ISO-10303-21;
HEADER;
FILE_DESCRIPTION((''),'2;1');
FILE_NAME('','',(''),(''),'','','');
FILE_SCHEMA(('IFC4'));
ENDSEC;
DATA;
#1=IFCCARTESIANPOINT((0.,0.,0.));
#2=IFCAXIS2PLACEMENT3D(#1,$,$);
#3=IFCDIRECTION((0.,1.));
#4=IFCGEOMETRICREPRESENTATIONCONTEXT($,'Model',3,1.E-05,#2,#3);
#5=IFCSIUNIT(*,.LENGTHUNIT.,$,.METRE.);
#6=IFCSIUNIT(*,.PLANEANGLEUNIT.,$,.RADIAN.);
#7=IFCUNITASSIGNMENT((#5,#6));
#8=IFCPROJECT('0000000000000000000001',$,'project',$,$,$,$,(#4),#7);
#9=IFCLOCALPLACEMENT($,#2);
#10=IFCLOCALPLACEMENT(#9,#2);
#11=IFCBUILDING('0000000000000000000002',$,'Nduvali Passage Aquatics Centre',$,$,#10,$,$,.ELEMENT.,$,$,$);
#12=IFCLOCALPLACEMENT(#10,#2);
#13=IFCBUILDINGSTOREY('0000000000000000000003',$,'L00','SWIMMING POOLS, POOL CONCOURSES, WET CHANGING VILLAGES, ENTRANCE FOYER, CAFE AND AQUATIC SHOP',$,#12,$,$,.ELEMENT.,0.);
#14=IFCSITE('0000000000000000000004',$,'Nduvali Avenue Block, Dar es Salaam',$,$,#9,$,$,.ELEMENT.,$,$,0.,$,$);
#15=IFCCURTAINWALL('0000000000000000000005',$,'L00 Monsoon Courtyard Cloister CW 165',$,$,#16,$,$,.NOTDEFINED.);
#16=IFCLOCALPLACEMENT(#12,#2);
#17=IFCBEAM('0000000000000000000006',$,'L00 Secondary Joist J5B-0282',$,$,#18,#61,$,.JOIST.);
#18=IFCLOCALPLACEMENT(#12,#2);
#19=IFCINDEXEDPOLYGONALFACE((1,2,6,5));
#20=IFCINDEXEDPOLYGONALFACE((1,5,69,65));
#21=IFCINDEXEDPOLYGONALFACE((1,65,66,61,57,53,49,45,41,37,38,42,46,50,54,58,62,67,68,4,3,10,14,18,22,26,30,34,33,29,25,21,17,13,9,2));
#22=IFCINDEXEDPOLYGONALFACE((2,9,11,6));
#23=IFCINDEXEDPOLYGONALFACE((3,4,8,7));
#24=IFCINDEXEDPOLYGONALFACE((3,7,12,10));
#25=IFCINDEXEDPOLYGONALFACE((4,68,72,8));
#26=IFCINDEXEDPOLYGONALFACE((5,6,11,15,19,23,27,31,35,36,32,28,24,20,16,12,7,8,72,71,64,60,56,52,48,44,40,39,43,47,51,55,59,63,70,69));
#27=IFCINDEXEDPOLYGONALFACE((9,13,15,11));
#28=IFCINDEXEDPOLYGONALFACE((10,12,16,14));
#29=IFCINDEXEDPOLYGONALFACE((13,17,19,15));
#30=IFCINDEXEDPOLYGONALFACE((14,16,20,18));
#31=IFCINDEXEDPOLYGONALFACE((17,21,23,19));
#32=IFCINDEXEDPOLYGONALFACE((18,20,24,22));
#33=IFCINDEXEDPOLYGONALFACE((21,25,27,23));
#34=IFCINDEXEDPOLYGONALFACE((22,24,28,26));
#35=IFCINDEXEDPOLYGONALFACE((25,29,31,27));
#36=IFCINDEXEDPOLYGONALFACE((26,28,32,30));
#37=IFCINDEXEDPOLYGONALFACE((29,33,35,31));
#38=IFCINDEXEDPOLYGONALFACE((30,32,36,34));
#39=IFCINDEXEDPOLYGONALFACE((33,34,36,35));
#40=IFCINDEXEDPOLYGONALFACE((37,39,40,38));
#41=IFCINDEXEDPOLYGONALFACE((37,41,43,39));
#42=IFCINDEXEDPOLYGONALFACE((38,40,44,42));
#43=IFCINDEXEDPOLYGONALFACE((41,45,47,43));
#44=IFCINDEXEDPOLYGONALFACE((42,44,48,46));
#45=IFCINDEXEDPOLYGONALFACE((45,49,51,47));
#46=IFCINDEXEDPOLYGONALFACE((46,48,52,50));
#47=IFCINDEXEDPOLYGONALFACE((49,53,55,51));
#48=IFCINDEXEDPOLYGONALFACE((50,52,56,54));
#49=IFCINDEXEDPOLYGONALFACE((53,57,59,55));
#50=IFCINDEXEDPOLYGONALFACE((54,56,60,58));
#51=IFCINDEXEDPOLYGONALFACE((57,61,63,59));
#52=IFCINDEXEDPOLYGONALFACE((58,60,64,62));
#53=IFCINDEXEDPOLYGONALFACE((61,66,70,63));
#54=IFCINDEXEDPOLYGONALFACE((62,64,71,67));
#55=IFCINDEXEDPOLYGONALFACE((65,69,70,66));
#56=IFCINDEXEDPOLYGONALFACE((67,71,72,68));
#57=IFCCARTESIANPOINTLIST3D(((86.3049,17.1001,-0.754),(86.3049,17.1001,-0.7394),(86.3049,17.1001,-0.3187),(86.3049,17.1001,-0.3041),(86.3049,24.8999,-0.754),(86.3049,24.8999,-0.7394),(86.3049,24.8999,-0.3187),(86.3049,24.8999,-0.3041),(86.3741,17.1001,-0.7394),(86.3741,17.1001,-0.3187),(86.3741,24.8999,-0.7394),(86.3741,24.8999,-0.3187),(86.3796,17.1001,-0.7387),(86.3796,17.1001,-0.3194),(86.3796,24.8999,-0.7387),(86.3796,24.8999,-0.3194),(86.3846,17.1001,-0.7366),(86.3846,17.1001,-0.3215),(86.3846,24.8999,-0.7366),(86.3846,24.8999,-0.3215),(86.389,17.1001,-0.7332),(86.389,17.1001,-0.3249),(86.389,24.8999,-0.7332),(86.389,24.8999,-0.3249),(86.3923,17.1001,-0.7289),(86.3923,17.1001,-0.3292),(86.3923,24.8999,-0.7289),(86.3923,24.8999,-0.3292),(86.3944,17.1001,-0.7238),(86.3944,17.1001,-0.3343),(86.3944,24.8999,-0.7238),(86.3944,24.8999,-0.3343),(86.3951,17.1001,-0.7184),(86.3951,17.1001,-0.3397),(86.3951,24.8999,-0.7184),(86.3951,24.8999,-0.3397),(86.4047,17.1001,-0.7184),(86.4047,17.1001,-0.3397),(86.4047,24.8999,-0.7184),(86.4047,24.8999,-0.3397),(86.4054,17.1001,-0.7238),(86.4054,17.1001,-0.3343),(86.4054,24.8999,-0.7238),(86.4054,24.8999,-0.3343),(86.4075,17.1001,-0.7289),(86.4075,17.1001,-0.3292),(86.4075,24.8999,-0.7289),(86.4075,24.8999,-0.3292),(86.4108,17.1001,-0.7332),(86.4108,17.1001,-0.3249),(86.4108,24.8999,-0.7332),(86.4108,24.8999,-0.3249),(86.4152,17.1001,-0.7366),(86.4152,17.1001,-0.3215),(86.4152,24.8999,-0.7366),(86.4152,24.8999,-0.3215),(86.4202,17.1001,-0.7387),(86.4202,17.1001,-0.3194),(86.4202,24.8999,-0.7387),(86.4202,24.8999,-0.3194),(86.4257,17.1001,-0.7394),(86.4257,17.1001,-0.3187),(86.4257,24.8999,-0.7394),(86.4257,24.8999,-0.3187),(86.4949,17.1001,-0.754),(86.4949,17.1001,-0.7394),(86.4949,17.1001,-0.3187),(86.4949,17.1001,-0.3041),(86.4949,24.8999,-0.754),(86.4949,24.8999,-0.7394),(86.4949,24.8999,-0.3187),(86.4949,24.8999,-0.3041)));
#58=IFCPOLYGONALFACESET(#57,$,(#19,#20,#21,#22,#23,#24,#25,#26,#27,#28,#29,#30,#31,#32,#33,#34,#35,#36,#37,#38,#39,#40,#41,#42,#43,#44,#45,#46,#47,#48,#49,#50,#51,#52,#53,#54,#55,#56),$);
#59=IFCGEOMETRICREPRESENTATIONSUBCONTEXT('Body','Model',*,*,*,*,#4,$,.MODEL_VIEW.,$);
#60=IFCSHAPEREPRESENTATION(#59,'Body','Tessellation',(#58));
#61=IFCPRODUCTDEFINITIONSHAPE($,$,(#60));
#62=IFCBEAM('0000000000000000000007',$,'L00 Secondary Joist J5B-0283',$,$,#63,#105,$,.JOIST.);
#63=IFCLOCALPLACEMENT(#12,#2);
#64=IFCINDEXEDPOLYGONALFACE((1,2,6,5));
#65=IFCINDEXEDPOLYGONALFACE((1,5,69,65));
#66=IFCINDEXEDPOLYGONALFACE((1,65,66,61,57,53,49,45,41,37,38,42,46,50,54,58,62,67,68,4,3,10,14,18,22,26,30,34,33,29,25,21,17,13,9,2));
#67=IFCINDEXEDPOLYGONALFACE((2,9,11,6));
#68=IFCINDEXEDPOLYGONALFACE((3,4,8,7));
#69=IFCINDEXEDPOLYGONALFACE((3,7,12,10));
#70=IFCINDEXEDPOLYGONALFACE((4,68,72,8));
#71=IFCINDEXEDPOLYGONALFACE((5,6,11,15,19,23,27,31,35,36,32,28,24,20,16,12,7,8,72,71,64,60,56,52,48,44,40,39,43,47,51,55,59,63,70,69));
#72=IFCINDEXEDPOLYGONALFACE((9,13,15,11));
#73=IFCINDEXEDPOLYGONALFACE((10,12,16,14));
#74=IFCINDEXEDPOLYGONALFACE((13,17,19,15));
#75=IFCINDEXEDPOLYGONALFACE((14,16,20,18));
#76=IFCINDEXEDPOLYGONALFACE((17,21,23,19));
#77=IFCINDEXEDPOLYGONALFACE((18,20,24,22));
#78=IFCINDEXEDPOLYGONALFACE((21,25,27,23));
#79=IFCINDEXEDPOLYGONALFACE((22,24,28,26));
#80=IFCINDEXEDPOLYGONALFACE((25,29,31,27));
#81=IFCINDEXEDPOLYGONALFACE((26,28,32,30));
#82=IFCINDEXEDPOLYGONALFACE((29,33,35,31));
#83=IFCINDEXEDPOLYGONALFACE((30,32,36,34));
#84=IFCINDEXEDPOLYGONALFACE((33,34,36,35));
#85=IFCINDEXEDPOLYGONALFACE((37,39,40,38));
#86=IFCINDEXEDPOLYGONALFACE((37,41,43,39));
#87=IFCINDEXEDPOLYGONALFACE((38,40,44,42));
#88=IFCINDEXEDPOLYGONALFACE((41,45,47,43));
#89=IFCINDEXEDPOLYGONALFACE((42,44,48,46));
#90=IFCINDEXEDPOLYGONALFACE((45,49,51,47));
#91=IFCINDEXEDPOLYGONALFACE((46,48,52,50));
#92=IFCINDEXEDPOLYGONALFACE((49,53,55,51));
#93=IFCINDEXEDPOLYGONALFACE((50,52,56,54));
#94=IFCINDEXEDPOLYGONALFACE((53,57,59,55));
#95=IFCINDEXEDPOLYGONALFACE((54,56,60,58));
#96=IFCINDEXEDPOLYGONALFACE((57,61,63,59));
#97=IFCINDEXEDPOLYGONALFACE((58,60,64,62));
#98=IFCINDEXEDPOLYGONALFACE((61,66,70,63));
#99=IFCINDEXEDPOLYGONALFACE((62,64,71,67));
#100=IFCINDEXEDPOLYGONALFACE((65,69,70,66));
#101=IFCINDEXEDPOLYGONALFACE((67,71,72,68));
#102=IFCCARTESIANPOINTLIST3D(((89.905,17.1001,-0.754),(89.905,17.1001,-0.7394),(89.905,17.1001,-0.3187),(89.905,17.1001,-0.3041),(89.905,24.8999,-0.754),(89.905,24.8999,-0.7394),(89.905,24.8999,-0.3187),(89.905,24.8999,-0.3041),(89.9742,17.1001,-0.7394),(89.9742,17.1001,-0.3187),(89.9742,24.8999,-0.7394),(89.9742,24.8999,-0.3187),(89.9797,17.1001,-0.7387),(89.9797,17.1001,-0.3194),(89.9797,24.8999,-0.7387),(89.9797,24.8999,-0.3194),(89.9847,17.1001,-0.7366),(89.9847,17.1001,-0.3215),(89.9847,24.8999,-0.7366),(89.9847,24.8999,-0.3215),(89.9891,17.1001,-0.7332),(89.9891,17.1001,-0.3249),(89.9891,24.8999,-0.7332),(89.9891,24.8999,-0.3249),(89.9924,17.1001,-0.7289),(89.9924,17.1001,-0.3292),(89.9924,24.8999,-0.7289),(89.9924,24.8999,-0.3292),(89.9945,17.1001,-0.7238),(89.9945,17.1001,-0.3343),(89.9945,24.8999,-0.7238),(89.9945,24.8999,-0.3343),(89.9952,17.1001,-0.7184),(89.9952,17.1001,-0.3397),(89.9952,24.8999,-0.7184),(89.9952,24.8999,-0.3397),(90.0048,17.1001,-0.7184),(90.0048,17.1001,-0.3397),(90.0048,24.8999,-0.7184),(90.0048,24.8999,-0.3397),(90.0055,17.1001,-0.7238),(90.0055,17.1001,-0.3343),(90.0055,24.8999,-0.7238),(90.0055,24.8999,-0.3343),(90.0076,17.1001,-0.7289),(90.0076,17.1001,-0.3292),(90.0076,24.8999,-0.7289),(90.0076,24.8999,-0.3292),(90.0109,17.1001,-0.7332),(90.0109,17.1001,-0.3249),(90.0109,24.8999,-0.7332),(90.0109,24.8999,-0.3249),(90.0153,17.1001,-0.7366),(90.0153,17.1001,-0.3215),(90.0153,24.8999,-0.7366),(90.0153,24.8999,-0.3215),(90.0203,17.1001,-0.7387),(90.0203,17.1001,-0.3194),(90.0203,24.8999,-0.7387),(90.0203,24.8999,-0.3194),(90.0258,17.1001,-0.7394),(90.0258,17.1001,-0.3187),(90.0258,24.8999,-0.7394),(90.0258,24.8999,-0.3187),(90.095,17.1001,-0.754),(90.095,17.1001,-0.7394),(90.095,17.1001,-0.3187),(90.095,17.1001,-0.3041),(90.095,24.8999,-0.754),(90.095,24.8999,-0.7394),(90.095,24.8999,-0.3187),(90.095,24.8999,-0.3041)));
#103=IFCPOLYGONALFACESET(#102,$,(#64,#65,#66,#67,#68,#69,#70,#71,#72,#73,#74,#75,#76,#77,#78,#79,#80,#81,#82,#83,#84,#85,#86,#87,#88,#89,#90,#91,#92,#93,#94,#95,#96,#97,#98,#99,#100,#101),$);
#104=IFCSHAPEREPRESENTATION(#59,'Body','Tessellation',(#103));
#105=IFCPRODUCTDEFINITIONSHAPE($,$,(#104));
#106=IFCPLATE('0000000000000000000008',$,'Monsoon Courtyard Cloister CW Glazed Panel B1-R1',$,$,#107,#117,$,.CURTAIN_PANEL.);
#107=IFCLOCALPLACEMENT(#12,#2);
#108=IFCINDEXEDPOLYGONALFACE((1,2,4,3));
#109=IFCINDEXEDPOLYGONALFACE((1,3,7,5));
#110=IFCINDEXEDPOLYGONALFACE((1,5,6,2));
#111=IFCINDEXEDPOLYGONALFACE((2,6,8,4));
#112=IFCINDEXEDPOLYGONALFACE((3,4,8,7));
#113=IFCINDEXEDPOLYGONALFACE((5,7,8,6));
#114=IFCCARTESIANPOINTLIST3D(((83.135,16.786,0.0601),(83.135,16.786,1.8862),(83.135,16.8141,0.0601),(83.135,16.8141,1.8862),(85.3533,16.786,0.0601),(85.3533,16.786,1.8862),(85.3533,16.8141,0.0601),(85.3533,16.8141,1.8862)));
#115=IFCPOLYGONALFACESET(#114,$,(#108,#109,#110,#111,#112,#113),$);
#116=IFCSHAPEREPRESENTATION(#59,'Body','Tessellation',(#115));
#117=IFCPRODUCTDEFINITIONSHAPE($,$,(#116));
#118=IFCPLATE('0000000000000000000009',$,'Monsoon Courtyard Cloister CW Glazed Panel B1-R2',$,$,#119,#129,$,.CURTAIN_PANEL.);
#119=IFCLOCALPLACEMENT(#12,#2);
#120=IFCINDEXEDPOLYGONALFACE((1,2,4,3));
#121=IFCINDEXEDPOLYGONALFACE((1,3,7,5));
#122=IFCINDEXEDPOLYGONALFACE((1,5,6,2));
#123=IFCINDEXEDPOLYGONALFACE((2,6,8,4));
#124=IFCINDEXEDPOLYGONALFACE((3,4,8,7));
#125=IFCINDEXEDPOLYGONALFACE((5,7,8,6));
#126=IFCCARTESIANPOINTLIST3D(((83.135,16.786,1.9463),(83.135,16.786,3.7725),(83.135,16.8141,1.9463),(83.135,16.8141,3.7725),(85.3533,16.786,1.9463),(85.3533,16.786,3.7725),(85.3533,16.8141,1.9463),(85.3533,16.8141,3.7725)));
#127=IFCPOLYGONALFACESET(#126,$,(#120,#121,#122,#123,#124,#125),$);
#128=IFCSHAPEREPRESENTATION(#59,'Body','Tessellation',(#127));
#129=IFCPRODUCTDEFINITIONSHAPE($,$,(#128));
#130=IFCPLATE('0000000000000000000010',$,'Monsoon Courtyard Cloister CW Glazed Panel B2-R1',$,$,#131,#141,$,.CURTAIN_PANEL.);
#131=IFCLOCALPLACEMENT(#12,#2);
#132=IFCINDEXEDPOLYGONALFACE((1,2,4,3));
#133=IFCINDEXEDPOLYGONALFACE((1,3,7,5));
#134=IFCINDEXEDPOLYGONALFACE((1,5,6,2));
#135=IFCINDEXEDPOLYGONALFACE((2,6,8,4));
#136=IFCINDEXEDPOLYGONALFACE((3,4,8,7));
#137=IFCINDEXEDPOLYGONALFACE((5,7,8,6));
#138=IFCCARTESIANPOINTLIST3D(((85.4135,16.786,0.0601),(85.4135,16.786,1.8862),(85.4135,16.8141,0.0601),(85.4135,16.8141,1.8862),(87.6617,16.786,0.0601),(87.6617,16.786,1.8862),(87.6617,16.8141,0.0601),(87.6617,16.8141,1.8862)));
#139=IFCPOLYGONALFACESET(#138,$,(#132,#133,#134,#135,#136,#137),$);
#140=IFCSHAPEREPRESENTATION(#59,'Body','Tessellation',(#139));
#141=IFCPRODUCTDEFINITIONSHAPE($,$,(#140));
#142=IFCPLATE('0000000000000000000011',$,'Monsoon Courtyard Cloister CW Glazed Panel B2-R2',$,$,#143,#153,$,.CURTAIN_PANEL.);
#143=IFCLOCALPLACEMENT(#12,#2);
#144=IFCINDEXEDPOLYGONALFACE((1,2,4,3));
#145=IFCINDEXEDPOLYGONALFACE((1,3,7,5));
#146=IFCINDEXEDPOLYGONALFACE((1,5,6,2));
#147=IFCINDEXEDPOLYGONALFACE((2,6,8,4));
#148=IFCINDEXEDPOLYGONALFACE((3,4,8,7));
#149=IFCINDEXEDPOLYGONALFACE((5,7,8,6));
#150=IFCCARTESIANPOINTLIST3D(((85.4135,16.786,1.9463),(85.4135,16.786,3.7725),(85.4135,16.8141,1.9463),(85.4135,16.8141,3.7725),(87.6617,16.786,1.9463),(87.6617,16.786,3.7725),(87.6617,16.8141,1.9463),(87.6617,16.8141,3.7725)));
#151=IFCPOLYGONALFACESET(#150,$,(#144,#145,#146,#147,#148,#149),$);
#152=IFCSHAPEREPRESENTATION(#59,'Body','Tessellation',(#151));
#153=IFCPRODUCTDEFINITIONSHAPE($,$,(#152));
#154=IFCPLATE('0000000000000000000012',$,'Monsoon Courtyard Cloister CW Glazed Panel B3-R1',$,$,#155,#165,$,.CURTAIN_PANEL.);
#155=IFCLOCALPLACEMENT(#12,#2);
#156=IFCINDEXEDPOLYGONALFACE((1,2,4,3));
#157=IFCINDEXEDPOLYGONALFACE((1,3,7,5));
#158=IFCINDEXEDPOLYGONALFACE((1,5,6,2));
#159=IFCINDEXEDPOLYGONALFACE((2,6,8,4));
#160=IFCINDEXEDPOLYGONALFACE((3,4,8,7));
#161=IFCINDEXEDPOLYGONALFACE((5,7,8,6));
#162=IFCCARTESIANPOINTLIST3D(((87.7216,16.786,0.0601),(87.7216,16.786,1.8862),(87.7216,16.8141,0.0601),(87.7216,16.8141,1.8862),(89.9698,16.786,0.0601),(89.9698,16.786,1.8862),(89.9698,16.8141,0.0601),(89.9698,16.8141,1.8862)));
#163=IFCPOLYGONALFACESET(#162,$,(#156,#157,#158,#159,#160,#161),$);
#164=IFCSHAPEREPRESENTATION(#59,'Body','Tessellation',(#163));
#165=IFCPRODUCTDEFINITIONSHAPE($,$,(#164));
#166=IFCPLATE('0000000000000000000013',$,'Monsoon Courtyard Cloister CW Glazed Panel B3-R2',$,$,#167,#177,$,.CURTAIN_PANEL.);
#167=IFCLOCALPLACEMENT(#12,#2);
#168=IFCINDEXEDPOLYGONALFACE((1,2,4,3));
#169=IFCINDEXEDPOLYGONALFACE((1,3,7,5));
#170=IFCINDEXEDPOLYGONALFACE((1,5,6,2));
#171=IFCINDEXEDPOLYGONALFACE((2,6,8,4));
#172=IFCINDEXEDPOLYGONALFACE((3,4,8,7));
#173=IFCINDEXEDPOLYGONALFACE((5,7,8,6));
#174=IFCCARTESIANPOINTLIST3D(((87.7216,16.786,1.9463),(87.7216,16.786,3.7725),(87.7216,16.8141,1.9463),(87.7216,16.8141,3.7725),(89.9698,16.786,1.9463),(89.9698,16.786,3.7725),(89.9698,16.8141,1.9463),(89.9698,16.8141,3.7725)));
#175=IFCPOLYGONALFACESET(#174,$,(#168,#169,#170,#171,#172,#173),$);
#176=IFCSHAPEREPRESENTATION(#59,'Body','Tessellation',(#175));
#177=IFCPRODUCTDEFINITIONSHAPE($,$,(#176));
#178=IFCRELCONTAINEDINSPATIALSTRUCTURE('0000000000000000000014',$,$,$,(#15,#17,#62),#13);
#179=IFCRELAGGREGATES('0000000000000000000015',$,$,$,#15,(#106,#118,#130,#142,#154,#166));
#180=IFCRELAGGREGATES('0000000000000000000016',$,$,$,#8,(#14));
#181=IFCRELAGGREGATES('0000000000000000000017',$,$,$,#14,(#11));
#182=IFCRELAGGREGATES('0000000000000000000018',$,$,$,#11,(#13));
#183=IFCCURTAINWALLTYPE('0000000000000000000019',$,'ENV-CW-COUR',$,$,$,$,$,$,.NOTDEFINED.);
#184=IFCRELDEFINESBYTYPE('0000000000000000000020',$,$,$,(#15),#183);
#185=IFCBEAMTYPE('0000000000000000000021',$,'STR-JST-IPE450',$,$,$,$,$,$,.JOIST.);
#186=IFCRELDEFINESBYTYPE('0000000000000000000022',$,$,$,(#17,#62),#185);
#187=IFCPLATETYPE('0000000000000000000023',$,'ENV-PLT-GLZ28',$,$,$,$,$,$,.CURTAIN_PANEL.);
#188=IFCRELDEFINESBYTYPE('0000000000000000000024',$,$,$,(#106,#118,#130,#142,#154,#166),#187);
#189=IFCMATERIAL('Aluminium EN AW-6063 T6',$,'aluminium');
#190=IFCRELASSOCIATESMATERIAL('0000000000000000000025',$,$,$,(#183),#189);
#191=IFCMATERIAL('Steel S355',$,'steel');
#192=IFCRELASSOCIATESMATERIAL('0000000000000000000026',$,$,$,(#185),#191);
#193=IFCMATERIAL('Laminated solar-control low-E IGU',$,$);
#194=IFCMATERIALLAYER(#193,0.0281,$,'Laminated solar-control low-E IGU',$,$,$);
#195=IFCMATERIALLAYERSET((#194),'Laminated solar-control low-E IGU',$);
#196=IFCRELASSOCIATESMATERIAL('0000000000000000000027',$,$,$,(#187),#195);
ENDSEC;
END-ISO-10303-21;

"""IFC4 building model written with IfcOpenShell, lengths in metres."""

from ifc_helpers import new_model, si_unit, direction, frame, origin, origin_2d, place, context, subcontext, project, spatial, rectangle, i_section, extrude, material, layer, layer_set, material_profile, profile_set, type_object, element, aggregate, save


model = new_model("IFC4")

# Units and contexts
model_context = context("Model", 3, precision=1e-05, world=origin(), true_north=direction((0.0, 1.0)))
body_context = subcontext(model_context, "Body", "Model", "MODEL_VIEW")
ifc_project = project(units=[si_unit("LENGTHUNIT", "METRE"), si_unit("PLANEANGLEUNIT", "RADIAN")], contexts=[model_context])

# Site, building, storey
site_placement = place(None, origin())
site = spatial("IfcSite", under=ifc_project, at=site_placement, Name="Nduvali Avenue Block, Dar es Salaam", CompositionType="ELEMENT", RefElevation=0.0)
building_placement = place(site_placement, origin())
building = spatial("IfcBuilding", under=site, at=building_placement, Name="Nduvali Passage Aquatics Centre", CompositionType="ELEMENT")
storey_placement = place(building_placement, origin())
storey = spatial("IfcBuildingStorey", under=building, at=storey_placement, Name="L00", Description="SWIMMING POOLS, POOL CONCOURSES, WET CHANGING VILLAGES, ENTRANCE FOYER, CAFE AND AQUATIC SHOP", CompositionType="ELEMENT", Elevation=0.0)

# Curtain wall
ifc_material_1 = material(Name="Aluminium EN AW-6063 T6", Category="aluminium")
curtain_wall_type = type_object("IfcCurtainWallType", Name="ENV-CW-COUR", PredefinedType="NOTDEFINED", material=ifc_material_1)
curtain_wall_placement = place(storey_placement, origin())
curtain_wall = element("IfcCurtainWall", 1, at=curtain_wall_placement, inside=storey, type_object=curtain_wall_type, Name="L00 Monsoon Courtyard Cloister CW 165", PredefinedType="NOTDEFINED")

# Beams
ifc_material_2 = material(Name="Steel S355", Category="steel")
ifc_material_profile_1 = material_profile(ifc_material_2, i_section(OverallWidth=0.1899, OverallDepth=0.45, WebThickness=0.0095, FlangeThickness=0.0146, FilletRadius=0.021, at=origin_2d()), Name="IPE 450")
ifc_profile_set_1 = profile_set([ifc_material_profile_1], Name="Steel S355")
beam_type_1 = type_object("IfcBeamType", Name="STR-JST-IPE450", PredefinedType="JOIST", material=ifc_profile_set_1)
for number, where, z_axis, x_axis, name in (
    (2, (86.3999, 17.1001, -0.5291), (0.0, 1.0, 0.0), (-1.0, 0.0, 0.0), "L00 Secondary Joist J5B-0282"),
    (3, (90.0, 17.1001, -0.5291), (0.0, 1.0, 0.0), (-1.0, 0.0, 0.0), "L00 Secondary Joist J5B-0283"),
):
    element("IfcBeam", number, at=place(storey_placement, frame(where, z_axis=z_axis, x_axis=x_axis)), inside=storey, type_object=beam_type_1, Name=name, PredefinedType="JOIST", context=body_context, shape_type="SweptSolid", body=[
        extrude(i_section(OverallWidth=0.1899, OverallDepth=0.45, WebThickness=0.0095, FlangeThickness=0.0146, FilletRadius=0.021, at=origin_2d()), origin(), (0.0, 0.0, 1.0), 7.7998),
    ])

# Plates
ifc_material_3 = material(Name="Laminated solar-control low-E IGU")
ifc_layer_1 = layer(ifc_material_3, 0.0281, Name="Laminated solar-control low-E IGU")
ifc_layer_set_1 = layer_set([ifc_layer_1], Name="Laminated solar-control low-E IGU")
plate_type = type_object("IfcPlateType", Name="ENV-PLT-GLZ28", PredefinedType="CURTAIN_PANEL", material=ifc_layer_set_1)
plate_1_placement = place(storey_placement, frame((84.2441, 16.8, 0.0601), z_axis=(0.0, 0.0, 1.0), x_axis=(1.0, 0.0, 0.0)))
plate_1 = element("IfcPlate", 4, at=plate_1_placement, type_object=plate_type, Name="Monsoon Courtyard Cloister CW Glazed Panel B1-R1", PredefinedType="CURTAIN_PANEL", context=body_context, shape_type="SweptSolid", body=[
    extrude(rectangle(XDim=2.2183, YDim=0.0281, at=origin_2d()), origin(), (0.0, 0.0, 1.0), 1.8262),
])
plate_2_placement = place(storey_placement, frame((84.2441, 16.8, 1.9463), z_axis=(0.0, 0.0, 1.0), x_axis=(1.0, 0.0, 0.0)))
plate_2 = element("IfcPlate", 5, at=plate_2_placement, type_object=plate_type, Name="Monsoon Courtyard Cloister CW Glazed Panel B1-R2", PredefinedType="CURTAIN_PANEL", context=body_context, shape_type="SweptSolid", body=[
    extrude(rectangle(XDim=2.2183, YDim=0.0281, at=origin_2d()), origin(), (0.0, 0.0, 1.0), 1.8262),
])
plate_3_placement = place(storey_placement, frame((86.5376, 16.8, 0.0601), z_axis=(0.0, 0.0, 1.0), x_axis=(1.0, 0.0, 0.0)))
plate_3 = element("IfcPlate", 6, at=plate_3_placement, type_object=plate_type, Name="Monsoon Courtyard Cloister CW Glazed Panel B2-R1", PredefinedType="CURTAIN_PANEL", context=body_context, shape_type="SweptSolid", body=[
    extrude(rectangle(XDim=2.2483, YDim=0.0281, at=origin_2d()), origin(), (0.0, 0.0, 1.0), 1.8262),
])
plate_4_placement = place(storey_placement, frame((86.5376, 16.8, 1.9463), z_axis=(0.0, 0.0, 1.0), x_axis=(1.0, 0.0, 0.0)))
plate_4 = element("IfcPlate", 7, at=plate_4_placement, type_object=plate_type, Name="Monsoon Courtyard Cloister CW Glazed Panel B2-R2", PredefinedType="CURTAIN_PANEL", context=body_context, shape_type="SweptSolid", body=[
    extrude(rectangle(XDim=2.2483, YDim=0.0281, at=origin_2d()), origin(), (0.0, 0.0, 1.0), 1.8262),
])
plate_5_placement = place(storey_placement, frame((88.8457, 16.8, 0.0601), z_axis=(0.0, 0.0, 1.0), x_axis=(1.0, 0.0, 0.0)))
plate_5 = element("IfcPlate", 8, at=plate_5_placement, type_object=plate_type, Name="Monsoon Courtyard Cloister CW Glazed Panel B3-R1", PredefinedType="CURTAIN_PANEL", context=body_context, shape_type="SweptSolid", body=[
    extrude(rectangle(XDim=2.2483, YDim=0.0281, at=origin_2d()), origin(), (0.0, 0.0, 1.0), 1.8262),
])
plate_6_placement = place(storey_placement, frame((88.8457, 16.8, 1.9463), z_axis=(0.0, 0.0, 1.0), x_axis=(1.0, 0.0, 0.0)))
plate_6 = element("IfcPlate", 9, at=plate_6_placement, type_object=plate_type, Name="Monsoon Courtyard Cloister CW Glazed Panel B3-R2", PredefinedType="CURTAIN_PANEL", context=body_context, shape_type="SweptSolid", body=[
    extrude(rectangle(XDim=2.2483, YDim=0.0281, at=origin_2d()), origin(), (0.0, 0.0, 1.0), 1.8262),
])
aggregate(curtain_wall, [plate_1, plate_2, plate_3, plate_4, plate_5, plate_6])

save(model, "model.ifc")
